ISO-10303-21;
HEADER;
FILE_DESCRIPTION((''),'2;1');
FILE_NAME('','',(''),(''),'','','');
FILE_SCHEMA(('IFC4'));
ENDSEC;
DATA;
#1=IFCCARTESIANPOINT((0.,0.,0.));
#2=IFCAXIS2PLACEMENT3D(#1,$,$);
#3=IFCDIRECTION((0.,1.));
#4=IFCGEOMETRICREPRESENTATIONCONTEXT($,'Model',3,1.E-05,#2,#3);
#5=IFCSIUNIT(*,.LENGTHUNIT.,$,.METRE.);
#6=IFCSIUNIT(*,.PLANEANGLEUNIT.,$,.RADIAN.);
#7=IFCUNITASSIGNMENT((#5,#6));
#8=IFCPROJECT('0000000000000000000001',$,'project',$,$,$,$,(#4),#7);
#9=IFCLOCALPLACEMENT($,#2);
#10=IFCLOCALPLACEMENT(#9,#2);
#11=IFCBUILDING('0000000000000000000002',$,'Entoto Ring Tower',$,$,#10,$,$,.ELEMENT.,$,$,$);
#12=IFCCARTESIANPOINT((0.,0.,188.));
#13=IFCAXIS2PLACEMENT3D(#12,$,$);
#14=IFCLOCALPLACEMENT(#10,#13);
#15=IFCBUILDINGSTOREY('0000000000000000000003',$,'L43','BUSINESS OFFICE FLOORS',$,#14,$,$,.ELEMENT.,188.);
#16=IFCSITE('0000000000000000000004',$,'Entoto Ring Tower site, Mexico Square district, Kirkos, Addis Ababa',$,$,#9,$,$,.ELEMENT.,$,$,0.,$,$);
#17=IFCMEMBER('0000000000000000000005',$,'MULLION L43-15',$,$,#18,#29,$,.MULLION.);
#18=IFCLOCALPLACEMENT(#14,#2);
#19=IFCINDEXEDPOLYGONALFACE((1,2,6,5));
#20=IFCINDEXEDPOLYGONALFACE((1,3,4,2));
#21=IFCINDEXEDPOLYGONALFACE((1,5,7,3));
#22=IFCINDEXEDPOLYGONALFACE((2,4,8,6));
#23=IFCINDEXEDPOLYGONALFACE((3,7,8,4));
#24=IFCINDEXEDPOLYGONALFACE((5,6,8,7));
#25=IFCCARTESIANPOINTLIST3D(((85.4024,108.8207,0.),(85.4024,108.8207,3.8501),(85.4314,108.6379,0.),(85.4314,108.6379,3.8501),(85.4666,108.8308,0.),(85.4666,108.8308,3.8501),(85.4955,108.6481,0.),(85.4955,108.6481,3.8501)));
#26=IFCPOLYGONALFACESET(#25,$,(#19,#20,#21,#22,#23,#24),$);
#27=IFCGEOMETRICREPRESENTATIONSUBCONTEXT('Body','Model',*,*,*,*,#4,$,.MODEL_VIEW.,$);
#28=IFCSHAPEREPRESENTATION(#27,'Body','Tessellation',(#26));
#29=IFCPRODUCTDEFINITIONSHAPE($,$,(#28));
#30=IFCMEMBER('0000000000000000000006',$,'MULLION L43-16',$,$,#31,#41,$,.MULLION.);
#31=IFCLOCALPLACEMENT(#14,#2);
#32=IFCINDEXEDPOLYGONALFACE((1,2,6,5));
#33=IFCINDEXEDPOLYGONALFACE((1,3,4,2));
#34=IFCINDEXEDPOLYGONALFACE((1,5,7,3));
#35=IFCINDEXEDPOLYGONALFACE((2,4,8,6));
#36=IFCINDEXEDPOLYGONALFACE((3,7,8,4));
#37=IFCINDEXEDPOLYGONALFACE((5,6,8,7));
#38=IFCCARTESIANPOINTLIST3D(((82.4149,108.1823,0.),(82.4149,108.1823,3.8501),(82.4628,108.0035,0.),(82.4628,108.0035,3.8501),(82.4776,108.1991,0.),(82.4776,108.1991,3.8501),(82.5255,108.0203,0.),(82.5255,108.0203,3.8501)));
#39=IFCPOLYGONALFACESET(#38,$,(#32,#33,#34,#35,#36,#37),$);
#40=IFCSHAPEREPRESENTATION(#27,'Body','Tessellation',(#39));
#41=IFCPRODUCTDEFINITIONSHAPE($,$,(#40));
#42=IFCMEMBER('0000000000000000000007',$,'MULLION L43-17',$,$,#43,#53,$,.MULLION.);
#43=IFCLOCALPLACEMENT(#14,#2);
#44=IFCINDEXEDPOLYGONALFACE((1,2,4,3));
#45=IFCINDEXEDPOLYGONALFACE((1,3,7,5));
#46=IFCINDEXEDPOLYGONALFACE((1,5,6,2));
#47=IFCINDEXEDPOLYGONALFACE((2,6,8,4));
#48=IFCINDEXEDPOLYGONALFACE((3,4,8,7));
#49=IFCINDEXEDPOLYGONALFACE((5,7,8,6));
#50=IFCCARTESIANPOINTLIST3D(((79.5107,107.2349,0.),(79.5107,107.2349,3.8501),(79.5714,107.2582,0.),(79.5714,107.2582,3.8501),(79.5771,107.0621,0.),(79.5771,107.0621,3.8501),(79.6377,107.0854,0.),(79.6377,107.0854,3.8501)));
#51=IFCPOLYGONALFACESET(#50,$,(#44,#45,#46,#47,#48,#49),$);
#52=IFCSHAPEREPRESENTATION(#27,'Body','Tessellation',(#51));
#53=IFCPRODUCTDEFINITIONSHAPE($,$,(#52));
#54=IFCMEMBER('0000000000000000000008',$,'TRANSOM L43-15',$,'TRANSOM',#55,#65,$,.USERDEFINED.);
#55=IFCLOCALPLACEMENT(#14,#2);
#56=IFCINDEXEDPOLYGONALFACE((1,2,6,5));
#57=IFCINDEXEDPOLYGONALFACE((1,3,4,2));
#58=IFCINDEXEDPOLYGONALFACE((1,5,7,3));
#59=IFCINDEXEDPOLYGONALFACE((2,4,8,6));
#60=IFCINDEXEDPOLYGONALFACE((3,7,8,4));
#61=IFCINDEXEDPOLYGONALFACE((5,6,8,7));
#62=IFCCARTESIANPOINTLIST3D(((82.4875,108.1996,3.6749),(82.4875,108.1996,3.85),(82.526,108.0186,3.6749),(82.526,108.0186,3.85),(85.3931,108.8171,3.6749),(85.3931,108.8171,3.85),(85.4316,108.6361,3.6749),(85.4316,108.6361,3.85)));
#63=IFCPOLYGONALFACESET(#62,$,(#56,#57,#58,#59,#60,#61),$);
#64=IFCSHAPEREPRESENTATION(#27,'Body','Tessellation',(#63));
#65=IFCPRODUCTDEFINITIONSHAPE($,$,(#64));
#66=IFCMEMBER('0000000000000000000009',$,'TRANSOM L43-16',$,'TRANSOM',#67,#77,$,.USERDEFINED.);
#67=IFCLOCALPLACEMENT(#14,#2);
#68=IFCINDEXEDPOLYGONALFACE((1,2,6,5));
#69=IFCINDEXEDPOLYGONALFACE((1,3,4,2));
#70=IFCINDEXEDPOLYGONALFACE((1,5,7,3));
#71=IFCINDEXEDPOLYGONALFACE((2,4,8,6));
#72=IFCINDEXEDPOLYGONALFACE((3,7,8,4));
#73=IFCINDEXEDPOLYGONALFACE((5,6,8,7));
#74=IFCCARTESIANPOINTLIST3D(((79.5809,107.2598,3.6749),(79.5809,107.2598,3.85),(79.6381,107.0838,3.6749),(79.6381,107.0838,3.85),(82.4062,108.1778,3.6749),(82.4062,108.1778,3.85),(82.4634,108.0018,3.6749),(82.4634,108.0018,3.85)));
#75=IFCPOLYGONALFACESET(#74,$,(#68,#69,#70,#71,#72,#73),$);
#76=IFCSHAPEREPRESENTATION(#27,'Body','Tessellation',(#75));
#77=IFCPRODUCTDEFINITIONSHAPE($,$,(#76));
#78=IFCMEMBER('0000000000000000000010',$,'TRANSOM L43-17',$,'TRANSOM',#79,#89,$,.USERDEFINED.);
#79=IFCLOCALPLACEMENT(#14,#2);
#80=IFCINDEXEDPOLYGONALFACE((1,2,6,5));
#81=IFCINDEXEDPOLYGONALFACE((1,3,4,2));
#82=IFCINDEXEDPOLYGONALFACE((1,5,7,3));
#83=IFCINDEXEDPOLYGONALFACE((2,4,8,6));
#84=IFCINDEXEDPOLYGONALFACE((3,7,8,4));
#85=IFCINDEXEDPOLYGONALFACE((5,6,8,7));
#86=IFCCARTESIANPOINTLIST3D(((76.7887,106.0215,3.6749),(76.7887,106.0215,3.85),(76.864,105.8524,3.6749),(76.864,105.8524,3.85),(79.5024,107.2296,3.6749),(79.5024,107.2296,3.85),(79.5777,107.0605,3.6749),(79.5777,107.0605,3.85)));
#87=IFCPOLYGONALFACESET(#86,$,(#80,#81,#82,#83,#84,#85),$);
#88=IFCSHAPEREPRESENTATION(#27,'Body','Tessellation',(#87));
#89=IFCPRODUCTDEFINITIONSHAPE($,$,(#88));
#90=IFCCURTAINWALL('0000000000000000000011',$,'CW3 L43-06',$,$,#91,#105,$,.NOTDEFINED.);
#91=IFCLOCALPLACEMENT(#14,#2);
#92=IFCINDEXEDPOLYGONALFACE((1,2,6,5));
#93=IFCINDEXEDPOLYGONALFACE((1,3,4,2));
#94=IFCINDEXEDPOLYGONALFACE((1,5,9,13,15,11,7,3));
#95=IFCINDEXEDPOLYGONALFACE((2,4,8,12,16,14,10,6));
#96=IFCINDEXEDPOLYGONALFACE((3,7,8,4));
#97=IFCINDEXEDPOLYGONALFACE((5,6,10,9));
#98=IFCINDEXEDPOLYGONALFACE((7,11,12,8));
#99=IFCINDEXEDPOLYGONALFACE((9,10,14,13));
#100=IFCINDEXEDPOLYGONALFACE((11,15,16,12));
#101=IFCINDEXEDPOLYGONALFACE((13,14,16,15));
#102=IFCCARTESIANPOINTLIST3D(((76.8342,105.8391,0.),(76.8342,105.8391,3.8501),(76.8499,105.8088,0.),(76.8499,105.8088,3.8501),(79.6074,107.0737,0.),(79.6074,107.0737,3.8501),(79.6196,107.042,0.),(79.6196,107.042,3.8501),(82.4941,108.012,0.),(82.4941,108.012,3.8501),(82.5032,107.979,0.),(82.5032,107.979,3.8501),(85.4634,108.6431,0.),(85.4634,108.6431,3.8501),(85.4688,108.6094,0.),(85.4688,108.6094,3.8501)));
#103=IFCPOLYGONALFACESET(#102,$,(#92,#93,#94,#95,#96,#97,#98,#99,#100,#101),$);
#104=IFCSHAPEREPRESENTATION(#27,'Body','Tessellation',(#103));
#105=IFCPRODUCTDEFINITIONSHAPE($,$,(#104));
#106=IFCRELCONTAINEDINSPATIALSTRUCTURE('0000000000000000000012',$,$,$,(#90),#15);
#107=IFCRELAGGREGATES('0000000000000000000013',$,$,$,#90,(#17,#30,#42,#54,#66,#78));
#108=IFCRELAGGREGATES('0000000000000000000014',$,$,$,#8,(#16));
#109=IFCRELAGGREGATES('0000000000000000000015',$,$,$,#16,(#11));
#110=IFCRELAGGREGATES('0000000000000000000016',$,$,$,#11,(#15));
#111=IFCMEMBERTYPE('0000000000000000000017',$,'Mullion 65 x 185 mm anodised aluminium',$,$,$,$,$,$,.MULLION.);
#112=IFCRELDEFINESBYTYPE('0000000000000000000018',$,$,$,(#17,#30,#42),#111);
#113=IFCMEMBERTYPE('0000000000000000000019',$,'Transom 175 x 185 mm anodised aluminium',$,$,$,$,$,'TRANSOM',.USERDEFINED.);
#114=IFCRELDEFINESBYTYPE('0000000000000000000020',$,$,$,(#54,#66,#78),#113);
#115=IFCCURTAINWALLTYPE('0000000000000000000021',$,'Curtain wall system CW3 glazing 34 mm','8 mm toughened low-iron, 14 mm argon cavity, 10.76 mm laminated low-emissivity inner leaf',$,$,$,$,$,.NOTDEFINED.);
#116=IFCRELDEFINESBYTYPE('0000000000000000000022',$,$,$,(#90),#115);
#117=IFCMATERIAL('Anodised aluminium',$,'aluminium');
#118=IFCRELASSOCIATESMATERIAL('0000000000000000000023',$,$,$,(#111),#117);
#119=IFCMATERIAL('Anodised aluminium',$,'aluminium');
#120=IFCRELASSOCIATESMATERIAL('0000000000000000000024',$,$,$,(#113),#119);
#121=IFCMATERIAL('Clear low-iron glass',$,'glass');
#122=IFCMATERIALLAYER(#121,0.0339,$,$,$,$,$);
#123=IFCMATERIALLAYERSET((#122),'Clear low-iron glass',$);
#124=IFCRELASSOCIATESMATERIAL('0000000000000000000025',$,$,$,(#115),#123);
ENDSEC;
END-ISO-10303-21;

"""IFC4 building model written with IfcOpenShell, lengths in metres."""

from ifc_helpers import new_model, si_unit, direction, frame, origin, origin_2d, place, context, subcontext, project, spatial, polyline, rectangle, outline, extrude, material, layer, layer_set, material_profile, profile_set, type_object, element, aggregate, save


model = new_model("IFC4")

# Units and contexts
model_context = context("Model", 3, precision=1e-05, world=origin(), true_north=direction((0.0, 1.0)))
body_context = subcontext(model_context, "Body", "Model", "MODEL_VIEW")
ifc_project = project(units=[si_unit("LENGTHUNIT", "METRE"), si_unit("PLANEANGLEUNIT", "RADIAN")], contexts=[model_context])

# Members
ifc_material_1 = material(Name="Anodised aluminium", Category="aluminium")
ifc_material_profile_1 = material_profile(ifc_material_1, rectangle(XDim=0.0649, YDim=0.1851, at=origin_2d()), Name="Mullion 65 x 185 mm anodised aluminium")
ifc_profile_set_1 = profile_set([ifc_material_profile_1], Name="Anodised aluminium")
member_type_1 = type_object("IfcMemberType", Name="Mullion 65 x 185 mm anodised aluminium", PredefinedType="MULLION", material=ifc_profile_set_1)
site_placement = place(None, origin())
building_placement = place(site_placement, origin())
storey_placement = place(building_placement, frame((0.0, 0.0, 188.0)))
member_1_placement = place(storey_placement, frame((85.449, 108.7344, 0.0), z_axis=(0.0, 0.0, 1.0), x_axis=(-0.987688, -0.156434, 0.0)))
member_1 = element("IfcMember", 1, at=member_1_placement, type_object=member_type_1, Name="MULLION L43-15", PredefinedType="MULLION", context=body_context, shape_type="SweptSolid", body=[
    extrude(rectangle(XDim=0.0649, YDim=0.1851, at=origin_2d()), origin(), (0.0, 0.0, 1.0), 3.8501),
])
member_2_placement = place(storey_placement, frame((82.4702, 108.1013, 0.0), z_axis=(0.0, 0.0, 1.0), x_axis=(-0.965926, -0.258819, 0.0)))
member_2 = element("IfcMember", 2, at=member_2_placement, type_object=member_type_1, Name="MULLION L43-16", PredefinedType="MULLION", context=body_context, shape_type="SweptSolid", body=[
    extrude(rectangle(XDim=0.0649, YDim=0.1851, at=origin_2d()), origin(), (0.0, 0.0, 1.0), 3.8501),
])
member_3_placement = place(storey_placement, frame((79.5742, 107.1602, 0.0), z_axis=(0.0, 0.0, 1.0), x_axis=(-0.93358, -0.358368, 0.0)))
member_3 = element("IfcMember", 3, at=member_3_placement, type_object=member_type_1, Name="MULLION L43-17", PredefinedType="MULLION", context=body_context, shape_type="SweptSolid", body=[
    extrude(rectangle(XDim=0.0649, YDim=0.1851, at=origin_2d()), origin(), (0.0, 0.0, 1.0), 3.8501),
])
ifc_material_2 = material(Name="Anodised aluminium", Category="aluminium")
ifc_material_profile_2 = material_profile(ifc_material_2, rectangle(XDim=0.1851, YDim=0.175, at=origin_2d()), Name="Transom 175 x 185 mm anodised aluminium")
ifc_profile_set_2 = profile_set([ifc_material_profile_2], Name="Anodised aluminium")
member_type_2 = type_object("IfcMemberType", Name="Transom 175 x 185 mm anodised aluminium", ElementType="TRANSOM", PredefinedType="USERDEFINED", material=ifc_profile_set_2)
member_4_placement = place(storey_placement, frame((85.4124, 108.7266, 3.7625), z_axis=(-0.978158, -0.207862, 0.0), x_axis=(0.207862, -0.978158, 0.0)))
member_4 = element("IfcMember", 4, at=member_4_placement, type_object=member_type_2, Name="TRANSOM L43-15", ObjectType="TRANSOM", PredefinedType="USERDEFINED", context=body_context, shape_type="SweptSolid", body=[
    extrude(rectangle(XDim=0.1851, YDim=0.175, at=origin_2d()), origin(), (0.0, 0.0, 1.0), 2.9705),
])
member_5_placement = place(storey_placement, frame((82.4348, 108.0898, 3.7625), z_axis=(-0.951056, -0.309019, 0.0), x_axis=(0.309019, -0.951056, 0.0)))
member_5 = element("IfcMember", 5, at=member_5_placement, type_object=member_type_2, Name="TRANSOM L43-16", ObjectType="TRANSOM", PredefinedType="USERDEFINED", context=body_context, shape_type="SweptSolid", body=[
    extrude(rectangle(XDim=0.1851, YDim=0.175, at=origin_2d()), origin(), (0.0, 0.0, 1.0), 2.9707),
])
member_6_placement = place(storey_placement, frame((79.54, 107.145, 3.7625), z_axis=(-0.913567, -0.406687, 0.0), x_axis=(0.406687, -0.913567, 0.0)))
member_6 = element("IfcMember", 6, at=member_6_placement, type_object=member_type_2, Name="TRANSOM L43-17", ObjectType="TRANSOM", PredefinedType="USERDEFINED", context=body_context, shape_type="SweptSolid", body=[
    extrude(rectangle(XDim=0.1851, YDim=0.175, at=origin_2d()), origin(), (0.0, 0.0, 1.0), 2.9705),
])

# Site, building, storey
site = spatial("IfcSite", under=ifc_project, at=site_placement, Name="Entoto Ring Tower site, Mexico Square district, Kirkos, Addis Ababa", CompositionType="ELEMENT", RefElevation=0.0)
building = spatial("IfcBuilding", under=site, at=building_placement, Name="Entoto Ring Tower", CompositionType="ELEMENT")
storey = spatial("IfcBuildingStorey", under=building, at=storey_placement, Name="L43", Description="BUSINESS OFFICE FLOORS", CompositionType="ELEMENT", Elevation=188.0)

# Curtain wall
ifc_material_3 = material(Name="Clear low-iron glass", Category="glass")
ifc_layer = layer(ifc_material_3, 0.0339)
ifc_layer_set = layer_set([ifc_layer], Name="Clear low-iron glass")
curtain_wall_type = type_object("IfcCurtainWallType", Name="Curtain wall system CW3 glazing 34 mm", Description="8 mm toughened low-iron, 14 mm argon cavity, 10.76 mm laminated low-emissivity inner leaf", PredefinedType="NOTDEFINED", material=ifc_layer_set)
curtain_wall_1_placement = place(storey_placement, origin())
curtain_wall_1 = element("IfcCurtainWall", 7, at=curtain_wall_1_placement, inside=storey, type_object=curtain_wall_type, Name="CW3 L43-06", PredefinedType="NOTDEFINED", context=body_context, shape_type="SweptSolid", body=[
    extrude(outline(polyline([(85.4634, 108.6431), (82.4941, 108.012), (79.6074, 107.0737), (76.8342, 105.8391), (76.8499, 105.8088), (79.6196, 107.042), (82.5032, 107.979), (85.4688, 108.6094), (85.4634, 108.6431)])), origin(), (0.0, 0.0, 1.0), 3.8501),
])
aggregate(curtain_wall_1, [member_1, member_2, member_3, member_4, member_5, member_6])

save(model, "model.ifc")
